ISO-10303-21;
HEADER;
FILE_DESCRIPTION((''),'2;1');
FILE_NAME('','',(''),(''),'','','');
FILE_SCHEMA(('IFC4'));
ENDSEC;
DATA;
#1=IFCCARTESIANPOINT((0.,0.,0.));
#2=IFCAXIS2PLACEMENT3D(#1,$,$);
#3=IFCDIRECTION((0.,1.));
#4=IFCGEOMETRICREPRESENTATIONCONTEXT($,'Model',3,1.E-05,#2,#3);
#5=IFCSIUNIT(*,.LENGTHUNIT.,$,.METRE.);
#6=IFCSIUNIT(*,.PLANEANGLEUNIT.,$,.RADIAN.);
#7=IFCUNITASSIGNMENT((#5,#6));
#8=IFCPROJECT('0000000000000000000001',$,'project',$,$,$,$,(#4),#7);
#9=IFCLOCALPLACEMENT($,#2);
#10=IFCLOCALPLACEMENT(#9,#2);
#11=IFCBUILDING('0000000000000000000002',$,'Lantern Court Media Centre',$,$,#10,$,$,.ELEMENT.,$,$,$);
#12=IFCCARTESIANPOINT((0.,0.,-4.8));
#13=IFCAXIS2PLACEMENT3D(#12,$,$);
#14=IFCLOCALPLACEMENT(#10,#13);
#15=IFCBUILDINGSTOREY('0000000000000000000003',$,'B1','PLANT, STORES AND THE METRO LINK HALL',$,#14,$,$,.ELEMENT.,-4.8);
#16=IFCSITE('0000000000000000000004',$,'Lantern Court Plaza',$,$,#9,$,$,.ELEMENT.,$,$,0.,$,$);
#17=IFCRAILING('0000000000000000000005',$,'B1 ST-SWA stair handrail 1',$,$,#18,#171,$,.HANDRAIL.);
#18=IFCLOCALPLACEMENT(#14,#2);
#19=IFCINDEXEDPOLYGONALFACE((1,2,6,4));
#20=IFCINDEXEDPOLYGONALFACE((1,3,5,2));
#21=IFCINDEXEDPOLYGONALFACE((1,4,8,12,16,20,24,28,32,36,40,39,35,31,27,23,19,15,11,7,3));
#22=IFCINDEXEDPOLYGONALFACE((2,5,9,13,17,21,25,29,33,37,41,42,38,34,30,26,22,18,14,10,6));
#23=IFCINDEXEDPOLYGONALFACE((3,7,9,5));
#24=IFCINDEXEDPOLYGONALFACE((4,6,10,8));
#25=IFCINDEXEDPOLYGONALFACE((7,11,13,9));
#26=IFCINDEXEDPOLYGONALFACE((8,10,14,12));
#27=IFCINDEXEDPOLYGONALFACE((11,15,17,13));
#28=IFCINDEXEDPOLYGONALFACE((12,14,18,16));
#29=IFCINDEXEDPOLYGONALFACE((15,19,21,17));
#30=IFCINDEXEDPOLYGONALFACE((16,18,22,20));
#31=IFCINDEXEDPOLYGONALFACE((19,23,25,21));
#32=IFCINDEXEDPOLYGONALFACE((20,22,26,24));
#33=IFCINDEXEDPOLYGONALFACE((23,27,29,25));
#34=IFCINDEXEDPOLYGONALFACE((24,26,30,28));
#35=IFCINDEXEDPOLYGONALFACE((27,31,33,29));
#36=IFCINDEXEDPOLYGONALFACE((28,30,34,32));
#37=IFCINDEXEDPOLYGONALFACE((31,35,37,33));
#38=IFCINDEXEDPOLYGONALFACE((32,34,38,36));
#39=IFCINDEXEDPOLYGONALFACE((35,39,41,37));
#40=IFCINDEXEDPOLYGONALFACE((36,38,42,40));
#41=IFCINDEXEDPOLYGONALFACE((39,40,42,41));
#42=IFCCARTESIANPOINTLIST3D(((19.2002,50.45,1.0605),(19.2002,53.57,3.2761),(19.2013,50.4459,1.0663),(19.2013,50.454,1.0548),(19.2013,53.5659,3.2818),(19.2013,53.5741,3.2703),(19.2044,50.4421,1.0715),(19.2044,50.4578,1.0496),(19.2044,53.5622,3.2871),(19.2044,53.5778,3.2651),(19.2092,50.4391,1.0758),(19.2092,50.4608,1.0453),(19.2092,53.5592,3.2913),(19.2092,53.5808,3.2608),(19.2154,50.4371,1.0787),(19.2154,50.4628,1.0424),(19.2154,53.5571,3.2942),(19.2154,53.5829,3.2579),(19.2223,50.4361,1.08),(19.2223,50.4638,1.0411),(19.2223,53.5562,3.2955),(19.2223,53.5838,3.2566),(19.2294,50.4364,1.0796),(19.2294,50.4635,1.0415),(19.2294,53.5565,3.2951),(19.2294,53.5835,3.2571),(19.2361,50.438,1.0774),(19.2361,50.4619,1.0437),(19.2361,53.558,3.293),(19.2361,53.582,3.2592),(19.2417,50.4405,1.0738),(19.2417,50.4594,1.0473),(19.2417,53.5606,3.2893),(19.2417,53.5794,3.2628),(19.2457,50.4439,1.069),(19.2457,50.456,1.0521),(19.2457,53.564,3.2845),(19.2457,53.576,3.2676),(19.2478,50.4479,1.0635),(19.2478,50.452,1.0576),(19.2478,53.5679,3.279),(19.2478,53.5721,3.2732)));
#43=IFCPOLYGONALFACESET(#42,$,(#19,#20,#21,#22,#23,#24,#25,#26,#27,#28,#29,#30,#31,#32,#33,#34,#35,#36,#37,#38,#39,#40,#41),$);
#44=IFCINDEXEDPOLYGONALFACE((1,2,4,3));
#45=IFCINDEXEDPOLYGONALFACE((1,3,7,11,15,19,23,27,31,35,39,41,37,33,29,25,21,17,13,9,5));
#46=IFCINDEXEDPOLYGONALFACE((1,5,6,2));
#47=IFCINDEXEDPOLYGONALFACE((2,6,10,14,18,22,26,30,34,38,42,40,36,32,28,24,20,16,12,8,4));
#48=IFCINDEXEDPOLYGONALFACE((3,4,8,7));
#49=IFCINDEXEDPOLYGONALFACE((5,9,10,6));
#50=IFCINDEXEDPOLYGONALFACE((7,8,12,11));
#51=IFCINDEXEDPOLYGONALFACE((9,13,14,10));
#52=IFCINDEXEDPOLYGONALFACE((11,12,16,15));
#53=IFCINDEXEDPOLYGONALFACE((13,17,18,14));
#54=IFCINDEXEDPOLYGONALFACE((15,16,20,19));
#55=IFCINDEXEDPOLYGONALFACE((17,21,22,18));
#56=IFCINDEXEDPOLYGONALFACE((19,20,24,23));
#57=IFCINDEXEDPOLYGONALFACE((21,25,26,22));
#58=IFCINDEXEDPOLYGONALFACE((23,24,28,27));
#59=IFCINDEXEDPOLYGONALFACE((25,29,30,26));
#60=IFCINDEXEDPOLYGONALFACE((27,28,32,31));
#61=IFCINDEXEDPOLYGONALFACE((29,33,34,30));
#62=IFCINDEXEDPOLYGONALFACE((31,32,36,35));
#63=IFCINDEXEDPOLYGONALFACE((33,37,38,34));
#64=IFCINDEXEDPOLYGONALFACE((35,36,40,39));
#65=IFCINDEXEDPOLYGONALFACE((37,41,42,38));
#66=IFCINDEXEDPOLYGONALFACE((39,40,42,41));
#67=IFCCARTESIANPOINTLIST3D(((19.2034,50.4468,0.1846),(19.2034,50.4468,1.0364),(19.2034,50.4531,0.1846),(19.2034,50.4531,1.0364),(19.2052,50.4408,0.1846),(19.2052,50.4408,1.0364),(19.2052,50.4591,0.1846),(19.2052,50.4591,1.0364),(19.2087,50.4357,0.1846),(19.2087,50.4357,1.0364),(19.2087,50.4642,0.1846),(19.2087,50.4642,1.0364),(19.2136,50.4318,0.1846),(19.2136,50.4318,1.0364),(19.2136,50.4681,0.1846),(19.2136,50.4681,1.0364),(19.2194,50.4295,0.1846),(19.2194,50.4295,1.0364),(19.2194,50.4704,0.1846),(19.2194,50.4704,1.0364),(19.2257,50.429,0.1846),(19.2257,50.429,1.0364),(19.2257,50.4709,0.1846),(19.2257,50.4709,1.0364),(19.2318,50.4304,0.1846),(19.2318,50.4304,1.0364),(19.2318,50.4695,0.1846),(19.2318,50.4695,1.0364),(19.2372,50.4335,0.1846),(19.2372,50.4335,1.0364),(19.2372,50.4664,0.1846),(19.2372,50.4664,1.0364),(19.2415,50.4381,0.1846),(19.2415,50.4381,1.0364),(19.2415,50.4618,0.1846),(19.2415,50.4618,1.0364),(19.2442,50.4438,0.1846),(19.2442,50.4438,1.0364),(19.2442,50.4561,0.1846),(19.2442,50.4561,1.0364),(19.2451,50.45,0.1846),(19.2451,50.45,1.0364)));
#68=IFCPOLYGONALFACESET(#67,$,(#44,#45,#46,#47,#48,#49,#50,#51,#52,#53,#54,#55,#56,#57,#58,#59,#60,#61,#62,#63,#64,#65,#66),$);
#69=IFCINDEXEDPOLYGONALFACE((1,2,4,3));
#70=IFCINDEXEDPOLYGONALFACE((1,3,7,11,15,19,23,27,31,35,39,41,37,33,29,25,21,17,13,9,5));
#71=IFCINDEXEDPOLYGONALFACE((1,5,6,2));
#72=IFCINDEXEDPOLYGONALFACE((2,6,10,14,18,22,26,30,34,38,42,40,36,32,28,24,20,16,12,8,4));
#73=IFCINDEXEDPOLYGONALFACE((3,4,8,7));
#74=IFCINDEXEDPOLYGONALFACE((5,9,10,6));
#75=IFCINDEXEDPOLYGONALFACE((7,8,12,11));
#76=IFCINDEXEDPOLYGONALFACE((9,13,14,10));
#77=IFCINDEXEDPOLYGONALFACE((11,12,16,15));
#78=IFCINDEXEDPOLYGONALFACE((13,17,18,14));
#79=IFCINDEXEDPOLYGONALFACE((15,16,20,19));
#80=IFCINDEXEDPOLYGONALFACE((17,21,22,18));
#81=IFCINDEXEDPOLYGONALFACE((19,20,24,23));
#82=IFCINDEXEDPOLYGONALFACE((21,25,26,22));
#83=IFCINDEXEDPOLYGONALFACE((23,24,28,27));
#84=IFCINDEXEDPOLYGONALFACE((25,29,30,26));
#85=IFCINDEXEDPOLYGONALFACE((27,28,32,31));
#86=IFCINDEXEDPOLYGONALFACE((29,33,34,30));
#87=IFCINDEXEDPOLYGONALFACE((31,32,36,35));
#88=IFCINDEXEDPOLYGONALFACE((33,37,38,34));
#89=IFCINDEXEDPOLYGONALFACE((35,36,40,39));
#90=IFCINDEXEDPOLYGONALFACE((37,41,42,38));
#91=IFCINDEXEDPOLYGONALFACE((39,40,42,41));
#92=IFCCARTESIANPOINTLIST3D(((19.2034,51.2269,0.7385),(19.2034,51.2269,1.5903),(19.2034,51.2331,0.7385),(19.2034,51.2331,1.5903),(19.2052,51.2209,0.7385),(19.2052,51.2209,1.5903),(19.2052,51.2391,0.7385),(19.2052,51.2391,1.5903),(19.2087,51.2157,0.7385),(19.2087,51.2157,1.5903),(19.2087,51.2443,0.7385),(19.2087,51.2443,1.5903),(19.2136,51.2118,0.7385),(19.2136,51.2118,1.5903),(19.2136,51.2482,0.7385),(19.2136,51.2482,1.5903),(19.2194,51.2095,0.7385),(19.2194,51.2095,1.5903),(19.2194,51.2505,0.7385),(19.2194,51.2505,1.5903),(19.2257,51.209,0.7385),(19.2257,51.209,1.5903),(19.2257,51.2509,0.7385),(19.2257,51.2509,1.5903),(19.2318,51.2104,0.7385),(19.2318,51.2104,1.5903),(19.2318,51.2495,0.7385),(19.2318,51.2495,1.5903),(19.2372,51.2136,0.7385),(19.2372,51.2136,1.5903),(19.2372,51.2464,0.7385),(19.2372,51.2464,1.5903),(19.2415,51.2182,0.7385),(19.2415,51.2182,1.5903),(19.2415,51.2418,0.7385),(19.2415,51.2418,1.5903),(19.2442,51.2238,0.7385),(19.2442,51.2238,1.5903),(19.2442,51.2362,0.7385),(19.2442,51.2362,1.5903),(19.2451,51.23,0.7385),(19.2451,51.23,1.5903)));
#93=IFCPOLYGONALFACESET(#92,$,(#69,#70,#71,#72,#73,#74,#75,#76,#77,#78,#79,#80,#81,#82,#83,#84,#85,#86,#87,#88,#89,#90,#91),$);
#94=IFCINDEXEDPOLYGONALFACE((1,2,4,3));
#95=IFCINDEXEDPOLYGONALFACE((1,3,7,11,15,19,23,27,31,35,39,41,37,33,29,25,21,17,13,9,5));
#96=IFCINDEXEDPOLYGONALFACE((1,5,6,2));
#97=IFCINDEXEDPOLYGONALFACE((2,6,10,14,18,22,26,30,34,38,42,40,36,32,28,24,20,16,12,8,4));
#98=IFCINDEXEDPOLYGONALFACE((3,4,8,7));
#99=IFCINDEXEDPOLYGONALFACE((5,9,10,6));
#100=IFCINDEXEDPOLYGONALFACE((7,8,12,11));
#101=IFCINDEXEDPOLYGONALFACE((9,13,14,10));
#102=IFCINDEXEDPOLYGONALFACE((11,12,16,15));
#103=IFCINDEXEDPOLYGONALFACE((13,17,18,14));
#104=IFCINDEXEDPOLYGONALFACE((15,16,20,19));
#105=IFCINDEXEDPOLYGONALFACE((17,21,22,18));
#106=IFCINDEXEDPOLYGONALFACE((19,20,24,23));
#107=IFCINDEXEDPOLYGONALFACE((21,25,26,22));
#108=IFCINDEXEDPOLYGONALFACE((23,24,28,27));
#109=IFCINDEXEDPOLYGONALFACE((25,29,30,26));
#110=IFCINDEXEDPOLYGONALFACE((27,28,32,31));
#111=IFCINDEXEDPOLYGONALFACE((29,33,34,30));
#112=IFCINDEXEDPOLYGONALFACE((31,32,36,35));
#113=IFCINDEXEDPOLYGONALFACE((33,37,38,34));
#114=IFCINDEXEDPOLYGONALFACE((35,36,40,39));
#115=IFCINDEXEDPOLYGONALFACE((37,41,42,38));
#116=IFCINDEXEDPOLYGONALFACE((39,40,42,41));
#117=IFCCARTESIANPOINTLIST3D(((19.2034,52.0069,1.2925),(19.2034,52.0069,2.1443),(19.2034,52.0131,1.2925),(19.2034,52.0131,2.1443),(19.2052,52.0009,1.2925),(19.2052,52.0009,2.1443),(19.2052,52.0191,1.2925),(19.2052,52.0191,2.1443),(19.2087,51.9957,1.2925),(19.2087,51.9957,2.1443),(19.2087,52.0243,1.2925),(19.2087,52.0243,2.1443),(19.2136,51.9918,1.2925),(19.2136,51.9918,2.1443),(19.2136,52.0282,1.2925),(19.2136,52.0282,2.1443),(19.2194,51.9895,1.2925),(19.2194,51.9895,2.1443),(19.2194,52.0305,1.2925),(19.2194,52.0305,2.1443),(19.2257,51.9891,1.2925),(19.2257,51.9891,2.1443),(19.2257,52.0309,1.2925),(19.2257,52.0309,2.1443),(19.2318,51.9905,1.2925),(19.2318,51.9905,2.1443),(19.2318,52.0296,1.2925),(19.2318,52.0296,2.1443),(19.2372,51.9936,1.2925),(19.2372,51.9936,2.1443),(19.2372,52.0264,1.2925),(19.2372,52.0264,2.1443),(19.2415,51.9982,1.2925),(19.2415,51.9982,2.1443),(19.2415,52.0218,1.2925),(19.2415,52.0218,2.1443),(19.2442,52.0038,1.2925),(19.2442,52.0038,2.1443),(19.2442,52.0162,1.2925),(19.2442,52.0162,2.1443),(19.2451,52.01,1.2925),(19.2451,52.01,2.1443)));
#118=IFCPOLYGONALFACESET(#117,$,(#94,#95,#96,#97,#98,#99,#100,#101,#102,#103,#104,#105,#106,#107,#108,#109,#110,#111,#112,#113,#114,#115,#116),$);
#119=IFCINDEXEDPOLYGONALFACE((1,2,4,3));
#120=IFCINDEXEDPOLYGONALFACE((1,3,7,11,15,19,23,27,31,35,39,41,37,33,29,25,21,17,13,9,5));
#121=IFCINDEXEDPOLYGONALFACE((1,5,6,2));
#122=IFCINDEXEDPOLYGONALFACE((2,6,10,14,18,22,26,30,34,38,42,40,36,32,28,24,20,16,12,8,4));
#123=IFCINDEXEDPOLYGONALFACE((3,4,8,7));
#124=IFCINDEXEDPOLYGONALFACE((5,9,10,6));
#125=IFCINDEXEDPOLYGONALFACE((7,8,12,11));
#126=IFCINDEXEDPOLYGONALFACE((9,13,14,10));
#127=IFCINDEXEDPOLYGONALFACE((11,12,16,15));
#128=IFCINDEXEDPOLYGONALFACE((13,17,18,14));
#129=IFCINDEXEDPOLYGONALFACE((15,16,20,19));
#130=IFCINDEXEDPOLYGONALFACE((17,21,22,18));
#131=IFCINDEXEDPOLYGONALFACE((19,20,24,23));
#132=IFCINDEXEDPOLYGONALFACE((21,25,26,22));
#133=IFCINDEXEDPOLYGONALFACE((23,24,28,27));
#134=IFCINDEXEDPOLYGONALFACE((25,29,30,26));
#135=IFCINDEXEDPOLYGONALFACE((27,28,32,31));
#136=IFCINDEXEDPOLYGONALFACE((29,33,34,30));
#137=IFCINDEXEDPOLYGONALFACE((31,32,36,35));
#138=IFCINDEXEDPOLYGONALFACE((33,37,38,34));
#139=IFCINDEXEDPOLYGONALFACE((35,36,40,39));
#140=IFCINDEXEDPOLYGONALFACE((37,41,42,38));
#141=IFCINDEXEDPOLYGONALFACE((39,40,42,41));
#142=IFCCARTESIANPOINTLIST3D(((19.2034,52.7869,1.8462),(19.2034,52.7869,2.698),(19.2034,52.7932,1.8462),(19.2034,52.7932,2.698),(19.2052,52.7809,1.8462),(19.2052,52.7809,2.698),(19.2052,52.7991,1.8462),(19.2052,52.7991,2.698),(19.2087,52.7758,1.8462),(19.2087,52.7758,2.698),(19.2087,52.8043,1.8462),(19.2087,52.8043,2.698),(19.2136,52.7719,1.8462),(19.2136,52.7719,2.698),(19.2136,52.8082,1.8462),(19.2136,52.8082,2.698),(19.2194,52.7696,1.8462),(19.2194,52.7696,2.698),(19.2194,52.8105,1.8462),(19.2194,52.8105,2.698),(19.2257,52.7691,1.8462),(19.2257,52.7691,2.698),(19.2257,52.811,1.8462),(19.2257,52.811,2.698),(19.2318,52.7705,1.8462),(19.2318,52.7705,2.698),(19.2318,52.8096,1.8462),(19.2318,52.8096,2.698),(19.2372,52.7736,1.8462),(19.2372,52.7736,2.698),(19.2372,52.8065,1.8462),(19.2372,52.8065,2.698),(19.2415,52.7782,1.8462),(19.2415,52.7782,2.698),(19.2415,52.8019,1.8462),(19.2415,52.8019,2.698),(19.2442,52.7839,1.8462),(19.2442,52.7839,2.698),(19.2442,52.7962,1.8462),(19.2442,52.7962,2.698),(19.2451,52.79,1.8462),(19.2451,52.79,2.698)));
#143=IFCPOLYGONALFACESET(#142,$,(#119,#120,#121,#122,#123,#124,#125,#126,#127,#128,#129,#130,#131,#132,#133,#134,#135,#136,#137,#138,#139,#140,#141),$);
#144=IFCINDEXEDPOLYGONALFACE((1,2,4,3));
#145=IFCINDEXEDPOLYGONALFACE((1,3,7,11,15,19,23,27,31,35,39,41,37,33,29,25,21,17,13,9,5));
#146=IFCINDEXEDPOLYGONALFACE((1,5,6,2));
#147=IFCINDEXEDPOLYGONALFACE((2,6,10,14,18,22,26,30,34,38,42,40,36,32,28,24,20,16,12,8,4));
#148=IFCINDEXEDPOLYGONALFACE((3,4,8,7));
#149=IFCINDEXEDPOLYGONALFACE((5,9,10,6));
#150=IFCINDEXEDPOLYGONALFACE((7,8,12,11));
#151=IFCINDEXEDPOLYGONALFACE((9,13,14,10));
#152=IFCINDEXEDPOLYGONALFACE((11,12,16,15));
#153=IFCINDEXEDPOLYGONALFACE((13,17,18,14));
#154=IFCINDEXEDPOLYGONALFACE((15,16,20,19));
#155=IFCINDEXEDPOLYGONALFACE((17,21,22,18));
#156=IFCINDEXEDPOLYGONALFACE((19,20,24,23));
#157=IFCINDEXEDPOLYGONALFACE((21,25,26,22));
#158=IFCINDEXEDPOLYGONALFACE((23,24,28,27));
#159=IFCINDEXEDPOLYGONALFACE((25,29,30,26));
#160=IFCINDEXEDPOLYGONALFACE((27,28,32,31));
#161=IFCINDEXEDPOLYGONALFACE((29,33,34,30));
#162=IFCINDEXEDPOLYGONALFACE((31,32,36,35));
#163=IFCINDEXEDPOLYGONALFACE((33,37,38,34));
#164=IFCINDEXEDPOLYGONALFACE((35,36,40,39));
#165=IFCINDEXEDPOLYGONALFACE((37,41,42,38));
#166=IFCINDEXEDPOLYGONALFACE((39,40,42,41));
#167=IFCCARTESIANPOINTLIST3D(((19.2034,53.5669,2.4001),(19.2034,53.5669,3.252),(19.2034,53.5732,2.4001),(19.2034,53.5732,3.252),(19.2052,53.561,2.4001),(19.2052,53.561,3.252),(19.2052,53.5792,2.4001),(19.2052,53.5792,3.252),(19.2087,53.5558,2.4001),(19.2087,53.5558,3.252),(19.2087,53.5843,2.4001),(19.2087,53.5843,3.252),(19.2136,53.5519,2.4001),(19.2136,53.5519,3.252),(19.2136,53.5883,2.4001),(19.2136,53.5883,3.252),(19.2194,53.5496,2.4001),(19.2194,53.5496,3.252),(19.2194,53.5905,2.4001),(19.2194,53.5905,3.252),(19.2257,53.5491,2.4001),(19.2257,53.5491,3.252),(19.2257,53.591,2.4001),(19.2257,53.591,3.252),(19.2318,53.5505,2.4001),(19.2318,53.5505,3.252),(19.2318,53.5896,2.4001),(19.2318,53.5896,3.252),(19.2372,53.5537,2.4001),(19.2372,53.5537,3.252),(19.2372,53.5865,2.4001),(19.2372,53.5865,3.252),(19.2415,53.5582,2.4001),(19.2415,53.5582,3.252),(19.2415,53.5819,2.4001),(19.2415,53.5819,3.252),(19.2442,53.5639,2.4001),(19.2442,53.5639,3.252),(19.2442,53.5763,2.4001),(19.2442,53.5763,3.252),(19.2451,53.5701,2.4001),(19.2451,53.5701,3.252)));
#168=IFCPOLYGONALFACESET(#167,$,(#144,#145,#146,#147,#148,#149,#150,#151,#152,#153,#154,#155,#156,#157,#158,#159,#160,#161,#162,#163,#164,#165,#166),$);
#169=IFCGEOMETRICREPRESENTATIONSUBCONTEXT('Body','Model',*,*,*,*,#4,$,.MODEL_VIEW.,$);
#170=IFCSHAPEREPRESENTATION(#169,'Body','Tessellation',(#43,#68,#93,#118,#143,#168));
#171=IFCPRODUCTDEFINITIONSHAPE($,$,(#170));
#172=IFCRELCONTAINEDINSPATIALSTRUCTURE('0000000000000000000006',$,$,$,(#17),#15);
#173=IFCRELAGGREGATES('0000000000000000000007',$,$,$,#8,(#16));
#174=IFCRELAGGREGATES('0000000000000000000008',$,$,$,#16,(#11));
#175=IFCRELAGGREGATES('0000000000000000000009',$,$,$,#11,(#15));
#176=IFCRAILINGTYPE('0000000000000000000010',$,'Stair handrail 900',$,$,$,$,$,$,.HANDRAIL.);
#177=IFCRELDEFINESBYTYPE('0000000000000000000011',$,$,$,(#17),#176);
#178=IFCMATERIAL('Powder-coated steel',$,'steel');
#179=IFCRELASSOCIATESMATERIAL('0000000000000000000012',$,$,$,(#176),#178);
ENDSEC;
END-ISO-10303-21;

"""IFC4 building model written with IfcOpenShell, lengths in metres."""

from ifc_helpers import new_model, si_unit, direction, frame, origin, origin_2d, place, context, subcontext, project, spatial, circle, extrude, material, type_object, element, save


model = new_model("IFC4")

# Units and contexts
model_context = context("Model", 3, precision=1e-05, world=origin(), true_north=direction((0.0, 1.0)))
body_context = subcontext(model_context, "Body", "Model", "MODEL_VIEW")
ifc_project = project(units=[si_unit("LENGTHUNIT", "METRE"), si_unit("PLANEANGLEUNIT", "RADIAN")], contexts=[model_context])

# Site, building, storey
site_placement = place(None, origin())
site = spatial("IfcSite", under=ifc_project, at=site_placement, Name="Lantern Court Plaza", CompositionType="ELEMENT", RefElevation=0.0)
building_placement = place(site_placement, origin())
building = spatial("IfcBuilding", under=site, at=building_placement, Name="Lantern Court Media Centre", CompositionType="ELEMENT")
storey_placement = place(building_placement, frame((0.0, 0.0, -4.8)))
storey = spatial("IfcBuildingStorey", under=building, at=storey_placement, Name="B1", Description="PLANT, STORES AND THE METRO LINK HALL", CompositionType="ELEMENT", Elevation=-4.8)

# Railing
ifc_material_1 = material(Name="Powder-coated steel", Category="steel")
railing_type_1 = type_object("IfcRailingType", Name="Stair handrail 900", PredefinedType="HANDRAIL", material=ifc_material_1)
for number, where, name in (
    (1, (19.2241, 50.45, 0.1846), "B1 ST-SWA stair handrail 1"),
):
    element("IfcRailing", number, at=place(storey_placement, frame(where)), inside=storey, type_object=railing_type_1, Name=name, PredefinedType="HANDRAIL", context=body_context, shape_type="SweptSolid", body=[
        extrude(circle(Radius=0.0239, at=origin_2d()), frame((0.0, 0.0, 0.876), z_axis=(0.0, 0.815347, 0.578973), x_axis=(-1.0, 0.0, 0.0)), (0.0, 0.0, 1.0), 3.8267),
        extrude(circle(Radius=0.021, at=origin_2d()), origin(), (0.0, 0.0, 1.0), 0.8518),
        extrude(circle(Radius=0.021, at=origin_2d()), frame((0.0, 0.78, 0.554)), (0.0, 0.0, 1.0), 0.8518),
        extrude(circle(Radius=0.021, at=origin_2d()), frame((0.0, 1.5601, 1.1079)), (0.0, 0.0, 1.0), 0.8518),
        extrude(circle(Radius=0.021, at=origin_2d()), frame((0.0, 2.3401, 1.6616)), (0.0, 0.0, 1.0), 0.8518),
        extrude(circle(Radius=0.021, at=origin_2d()), frame((0.0, 3.1201, 2.2156)), (0.0, 0.0, 1.0), 0.8518),
    ])

save(model, "model.ifc")
